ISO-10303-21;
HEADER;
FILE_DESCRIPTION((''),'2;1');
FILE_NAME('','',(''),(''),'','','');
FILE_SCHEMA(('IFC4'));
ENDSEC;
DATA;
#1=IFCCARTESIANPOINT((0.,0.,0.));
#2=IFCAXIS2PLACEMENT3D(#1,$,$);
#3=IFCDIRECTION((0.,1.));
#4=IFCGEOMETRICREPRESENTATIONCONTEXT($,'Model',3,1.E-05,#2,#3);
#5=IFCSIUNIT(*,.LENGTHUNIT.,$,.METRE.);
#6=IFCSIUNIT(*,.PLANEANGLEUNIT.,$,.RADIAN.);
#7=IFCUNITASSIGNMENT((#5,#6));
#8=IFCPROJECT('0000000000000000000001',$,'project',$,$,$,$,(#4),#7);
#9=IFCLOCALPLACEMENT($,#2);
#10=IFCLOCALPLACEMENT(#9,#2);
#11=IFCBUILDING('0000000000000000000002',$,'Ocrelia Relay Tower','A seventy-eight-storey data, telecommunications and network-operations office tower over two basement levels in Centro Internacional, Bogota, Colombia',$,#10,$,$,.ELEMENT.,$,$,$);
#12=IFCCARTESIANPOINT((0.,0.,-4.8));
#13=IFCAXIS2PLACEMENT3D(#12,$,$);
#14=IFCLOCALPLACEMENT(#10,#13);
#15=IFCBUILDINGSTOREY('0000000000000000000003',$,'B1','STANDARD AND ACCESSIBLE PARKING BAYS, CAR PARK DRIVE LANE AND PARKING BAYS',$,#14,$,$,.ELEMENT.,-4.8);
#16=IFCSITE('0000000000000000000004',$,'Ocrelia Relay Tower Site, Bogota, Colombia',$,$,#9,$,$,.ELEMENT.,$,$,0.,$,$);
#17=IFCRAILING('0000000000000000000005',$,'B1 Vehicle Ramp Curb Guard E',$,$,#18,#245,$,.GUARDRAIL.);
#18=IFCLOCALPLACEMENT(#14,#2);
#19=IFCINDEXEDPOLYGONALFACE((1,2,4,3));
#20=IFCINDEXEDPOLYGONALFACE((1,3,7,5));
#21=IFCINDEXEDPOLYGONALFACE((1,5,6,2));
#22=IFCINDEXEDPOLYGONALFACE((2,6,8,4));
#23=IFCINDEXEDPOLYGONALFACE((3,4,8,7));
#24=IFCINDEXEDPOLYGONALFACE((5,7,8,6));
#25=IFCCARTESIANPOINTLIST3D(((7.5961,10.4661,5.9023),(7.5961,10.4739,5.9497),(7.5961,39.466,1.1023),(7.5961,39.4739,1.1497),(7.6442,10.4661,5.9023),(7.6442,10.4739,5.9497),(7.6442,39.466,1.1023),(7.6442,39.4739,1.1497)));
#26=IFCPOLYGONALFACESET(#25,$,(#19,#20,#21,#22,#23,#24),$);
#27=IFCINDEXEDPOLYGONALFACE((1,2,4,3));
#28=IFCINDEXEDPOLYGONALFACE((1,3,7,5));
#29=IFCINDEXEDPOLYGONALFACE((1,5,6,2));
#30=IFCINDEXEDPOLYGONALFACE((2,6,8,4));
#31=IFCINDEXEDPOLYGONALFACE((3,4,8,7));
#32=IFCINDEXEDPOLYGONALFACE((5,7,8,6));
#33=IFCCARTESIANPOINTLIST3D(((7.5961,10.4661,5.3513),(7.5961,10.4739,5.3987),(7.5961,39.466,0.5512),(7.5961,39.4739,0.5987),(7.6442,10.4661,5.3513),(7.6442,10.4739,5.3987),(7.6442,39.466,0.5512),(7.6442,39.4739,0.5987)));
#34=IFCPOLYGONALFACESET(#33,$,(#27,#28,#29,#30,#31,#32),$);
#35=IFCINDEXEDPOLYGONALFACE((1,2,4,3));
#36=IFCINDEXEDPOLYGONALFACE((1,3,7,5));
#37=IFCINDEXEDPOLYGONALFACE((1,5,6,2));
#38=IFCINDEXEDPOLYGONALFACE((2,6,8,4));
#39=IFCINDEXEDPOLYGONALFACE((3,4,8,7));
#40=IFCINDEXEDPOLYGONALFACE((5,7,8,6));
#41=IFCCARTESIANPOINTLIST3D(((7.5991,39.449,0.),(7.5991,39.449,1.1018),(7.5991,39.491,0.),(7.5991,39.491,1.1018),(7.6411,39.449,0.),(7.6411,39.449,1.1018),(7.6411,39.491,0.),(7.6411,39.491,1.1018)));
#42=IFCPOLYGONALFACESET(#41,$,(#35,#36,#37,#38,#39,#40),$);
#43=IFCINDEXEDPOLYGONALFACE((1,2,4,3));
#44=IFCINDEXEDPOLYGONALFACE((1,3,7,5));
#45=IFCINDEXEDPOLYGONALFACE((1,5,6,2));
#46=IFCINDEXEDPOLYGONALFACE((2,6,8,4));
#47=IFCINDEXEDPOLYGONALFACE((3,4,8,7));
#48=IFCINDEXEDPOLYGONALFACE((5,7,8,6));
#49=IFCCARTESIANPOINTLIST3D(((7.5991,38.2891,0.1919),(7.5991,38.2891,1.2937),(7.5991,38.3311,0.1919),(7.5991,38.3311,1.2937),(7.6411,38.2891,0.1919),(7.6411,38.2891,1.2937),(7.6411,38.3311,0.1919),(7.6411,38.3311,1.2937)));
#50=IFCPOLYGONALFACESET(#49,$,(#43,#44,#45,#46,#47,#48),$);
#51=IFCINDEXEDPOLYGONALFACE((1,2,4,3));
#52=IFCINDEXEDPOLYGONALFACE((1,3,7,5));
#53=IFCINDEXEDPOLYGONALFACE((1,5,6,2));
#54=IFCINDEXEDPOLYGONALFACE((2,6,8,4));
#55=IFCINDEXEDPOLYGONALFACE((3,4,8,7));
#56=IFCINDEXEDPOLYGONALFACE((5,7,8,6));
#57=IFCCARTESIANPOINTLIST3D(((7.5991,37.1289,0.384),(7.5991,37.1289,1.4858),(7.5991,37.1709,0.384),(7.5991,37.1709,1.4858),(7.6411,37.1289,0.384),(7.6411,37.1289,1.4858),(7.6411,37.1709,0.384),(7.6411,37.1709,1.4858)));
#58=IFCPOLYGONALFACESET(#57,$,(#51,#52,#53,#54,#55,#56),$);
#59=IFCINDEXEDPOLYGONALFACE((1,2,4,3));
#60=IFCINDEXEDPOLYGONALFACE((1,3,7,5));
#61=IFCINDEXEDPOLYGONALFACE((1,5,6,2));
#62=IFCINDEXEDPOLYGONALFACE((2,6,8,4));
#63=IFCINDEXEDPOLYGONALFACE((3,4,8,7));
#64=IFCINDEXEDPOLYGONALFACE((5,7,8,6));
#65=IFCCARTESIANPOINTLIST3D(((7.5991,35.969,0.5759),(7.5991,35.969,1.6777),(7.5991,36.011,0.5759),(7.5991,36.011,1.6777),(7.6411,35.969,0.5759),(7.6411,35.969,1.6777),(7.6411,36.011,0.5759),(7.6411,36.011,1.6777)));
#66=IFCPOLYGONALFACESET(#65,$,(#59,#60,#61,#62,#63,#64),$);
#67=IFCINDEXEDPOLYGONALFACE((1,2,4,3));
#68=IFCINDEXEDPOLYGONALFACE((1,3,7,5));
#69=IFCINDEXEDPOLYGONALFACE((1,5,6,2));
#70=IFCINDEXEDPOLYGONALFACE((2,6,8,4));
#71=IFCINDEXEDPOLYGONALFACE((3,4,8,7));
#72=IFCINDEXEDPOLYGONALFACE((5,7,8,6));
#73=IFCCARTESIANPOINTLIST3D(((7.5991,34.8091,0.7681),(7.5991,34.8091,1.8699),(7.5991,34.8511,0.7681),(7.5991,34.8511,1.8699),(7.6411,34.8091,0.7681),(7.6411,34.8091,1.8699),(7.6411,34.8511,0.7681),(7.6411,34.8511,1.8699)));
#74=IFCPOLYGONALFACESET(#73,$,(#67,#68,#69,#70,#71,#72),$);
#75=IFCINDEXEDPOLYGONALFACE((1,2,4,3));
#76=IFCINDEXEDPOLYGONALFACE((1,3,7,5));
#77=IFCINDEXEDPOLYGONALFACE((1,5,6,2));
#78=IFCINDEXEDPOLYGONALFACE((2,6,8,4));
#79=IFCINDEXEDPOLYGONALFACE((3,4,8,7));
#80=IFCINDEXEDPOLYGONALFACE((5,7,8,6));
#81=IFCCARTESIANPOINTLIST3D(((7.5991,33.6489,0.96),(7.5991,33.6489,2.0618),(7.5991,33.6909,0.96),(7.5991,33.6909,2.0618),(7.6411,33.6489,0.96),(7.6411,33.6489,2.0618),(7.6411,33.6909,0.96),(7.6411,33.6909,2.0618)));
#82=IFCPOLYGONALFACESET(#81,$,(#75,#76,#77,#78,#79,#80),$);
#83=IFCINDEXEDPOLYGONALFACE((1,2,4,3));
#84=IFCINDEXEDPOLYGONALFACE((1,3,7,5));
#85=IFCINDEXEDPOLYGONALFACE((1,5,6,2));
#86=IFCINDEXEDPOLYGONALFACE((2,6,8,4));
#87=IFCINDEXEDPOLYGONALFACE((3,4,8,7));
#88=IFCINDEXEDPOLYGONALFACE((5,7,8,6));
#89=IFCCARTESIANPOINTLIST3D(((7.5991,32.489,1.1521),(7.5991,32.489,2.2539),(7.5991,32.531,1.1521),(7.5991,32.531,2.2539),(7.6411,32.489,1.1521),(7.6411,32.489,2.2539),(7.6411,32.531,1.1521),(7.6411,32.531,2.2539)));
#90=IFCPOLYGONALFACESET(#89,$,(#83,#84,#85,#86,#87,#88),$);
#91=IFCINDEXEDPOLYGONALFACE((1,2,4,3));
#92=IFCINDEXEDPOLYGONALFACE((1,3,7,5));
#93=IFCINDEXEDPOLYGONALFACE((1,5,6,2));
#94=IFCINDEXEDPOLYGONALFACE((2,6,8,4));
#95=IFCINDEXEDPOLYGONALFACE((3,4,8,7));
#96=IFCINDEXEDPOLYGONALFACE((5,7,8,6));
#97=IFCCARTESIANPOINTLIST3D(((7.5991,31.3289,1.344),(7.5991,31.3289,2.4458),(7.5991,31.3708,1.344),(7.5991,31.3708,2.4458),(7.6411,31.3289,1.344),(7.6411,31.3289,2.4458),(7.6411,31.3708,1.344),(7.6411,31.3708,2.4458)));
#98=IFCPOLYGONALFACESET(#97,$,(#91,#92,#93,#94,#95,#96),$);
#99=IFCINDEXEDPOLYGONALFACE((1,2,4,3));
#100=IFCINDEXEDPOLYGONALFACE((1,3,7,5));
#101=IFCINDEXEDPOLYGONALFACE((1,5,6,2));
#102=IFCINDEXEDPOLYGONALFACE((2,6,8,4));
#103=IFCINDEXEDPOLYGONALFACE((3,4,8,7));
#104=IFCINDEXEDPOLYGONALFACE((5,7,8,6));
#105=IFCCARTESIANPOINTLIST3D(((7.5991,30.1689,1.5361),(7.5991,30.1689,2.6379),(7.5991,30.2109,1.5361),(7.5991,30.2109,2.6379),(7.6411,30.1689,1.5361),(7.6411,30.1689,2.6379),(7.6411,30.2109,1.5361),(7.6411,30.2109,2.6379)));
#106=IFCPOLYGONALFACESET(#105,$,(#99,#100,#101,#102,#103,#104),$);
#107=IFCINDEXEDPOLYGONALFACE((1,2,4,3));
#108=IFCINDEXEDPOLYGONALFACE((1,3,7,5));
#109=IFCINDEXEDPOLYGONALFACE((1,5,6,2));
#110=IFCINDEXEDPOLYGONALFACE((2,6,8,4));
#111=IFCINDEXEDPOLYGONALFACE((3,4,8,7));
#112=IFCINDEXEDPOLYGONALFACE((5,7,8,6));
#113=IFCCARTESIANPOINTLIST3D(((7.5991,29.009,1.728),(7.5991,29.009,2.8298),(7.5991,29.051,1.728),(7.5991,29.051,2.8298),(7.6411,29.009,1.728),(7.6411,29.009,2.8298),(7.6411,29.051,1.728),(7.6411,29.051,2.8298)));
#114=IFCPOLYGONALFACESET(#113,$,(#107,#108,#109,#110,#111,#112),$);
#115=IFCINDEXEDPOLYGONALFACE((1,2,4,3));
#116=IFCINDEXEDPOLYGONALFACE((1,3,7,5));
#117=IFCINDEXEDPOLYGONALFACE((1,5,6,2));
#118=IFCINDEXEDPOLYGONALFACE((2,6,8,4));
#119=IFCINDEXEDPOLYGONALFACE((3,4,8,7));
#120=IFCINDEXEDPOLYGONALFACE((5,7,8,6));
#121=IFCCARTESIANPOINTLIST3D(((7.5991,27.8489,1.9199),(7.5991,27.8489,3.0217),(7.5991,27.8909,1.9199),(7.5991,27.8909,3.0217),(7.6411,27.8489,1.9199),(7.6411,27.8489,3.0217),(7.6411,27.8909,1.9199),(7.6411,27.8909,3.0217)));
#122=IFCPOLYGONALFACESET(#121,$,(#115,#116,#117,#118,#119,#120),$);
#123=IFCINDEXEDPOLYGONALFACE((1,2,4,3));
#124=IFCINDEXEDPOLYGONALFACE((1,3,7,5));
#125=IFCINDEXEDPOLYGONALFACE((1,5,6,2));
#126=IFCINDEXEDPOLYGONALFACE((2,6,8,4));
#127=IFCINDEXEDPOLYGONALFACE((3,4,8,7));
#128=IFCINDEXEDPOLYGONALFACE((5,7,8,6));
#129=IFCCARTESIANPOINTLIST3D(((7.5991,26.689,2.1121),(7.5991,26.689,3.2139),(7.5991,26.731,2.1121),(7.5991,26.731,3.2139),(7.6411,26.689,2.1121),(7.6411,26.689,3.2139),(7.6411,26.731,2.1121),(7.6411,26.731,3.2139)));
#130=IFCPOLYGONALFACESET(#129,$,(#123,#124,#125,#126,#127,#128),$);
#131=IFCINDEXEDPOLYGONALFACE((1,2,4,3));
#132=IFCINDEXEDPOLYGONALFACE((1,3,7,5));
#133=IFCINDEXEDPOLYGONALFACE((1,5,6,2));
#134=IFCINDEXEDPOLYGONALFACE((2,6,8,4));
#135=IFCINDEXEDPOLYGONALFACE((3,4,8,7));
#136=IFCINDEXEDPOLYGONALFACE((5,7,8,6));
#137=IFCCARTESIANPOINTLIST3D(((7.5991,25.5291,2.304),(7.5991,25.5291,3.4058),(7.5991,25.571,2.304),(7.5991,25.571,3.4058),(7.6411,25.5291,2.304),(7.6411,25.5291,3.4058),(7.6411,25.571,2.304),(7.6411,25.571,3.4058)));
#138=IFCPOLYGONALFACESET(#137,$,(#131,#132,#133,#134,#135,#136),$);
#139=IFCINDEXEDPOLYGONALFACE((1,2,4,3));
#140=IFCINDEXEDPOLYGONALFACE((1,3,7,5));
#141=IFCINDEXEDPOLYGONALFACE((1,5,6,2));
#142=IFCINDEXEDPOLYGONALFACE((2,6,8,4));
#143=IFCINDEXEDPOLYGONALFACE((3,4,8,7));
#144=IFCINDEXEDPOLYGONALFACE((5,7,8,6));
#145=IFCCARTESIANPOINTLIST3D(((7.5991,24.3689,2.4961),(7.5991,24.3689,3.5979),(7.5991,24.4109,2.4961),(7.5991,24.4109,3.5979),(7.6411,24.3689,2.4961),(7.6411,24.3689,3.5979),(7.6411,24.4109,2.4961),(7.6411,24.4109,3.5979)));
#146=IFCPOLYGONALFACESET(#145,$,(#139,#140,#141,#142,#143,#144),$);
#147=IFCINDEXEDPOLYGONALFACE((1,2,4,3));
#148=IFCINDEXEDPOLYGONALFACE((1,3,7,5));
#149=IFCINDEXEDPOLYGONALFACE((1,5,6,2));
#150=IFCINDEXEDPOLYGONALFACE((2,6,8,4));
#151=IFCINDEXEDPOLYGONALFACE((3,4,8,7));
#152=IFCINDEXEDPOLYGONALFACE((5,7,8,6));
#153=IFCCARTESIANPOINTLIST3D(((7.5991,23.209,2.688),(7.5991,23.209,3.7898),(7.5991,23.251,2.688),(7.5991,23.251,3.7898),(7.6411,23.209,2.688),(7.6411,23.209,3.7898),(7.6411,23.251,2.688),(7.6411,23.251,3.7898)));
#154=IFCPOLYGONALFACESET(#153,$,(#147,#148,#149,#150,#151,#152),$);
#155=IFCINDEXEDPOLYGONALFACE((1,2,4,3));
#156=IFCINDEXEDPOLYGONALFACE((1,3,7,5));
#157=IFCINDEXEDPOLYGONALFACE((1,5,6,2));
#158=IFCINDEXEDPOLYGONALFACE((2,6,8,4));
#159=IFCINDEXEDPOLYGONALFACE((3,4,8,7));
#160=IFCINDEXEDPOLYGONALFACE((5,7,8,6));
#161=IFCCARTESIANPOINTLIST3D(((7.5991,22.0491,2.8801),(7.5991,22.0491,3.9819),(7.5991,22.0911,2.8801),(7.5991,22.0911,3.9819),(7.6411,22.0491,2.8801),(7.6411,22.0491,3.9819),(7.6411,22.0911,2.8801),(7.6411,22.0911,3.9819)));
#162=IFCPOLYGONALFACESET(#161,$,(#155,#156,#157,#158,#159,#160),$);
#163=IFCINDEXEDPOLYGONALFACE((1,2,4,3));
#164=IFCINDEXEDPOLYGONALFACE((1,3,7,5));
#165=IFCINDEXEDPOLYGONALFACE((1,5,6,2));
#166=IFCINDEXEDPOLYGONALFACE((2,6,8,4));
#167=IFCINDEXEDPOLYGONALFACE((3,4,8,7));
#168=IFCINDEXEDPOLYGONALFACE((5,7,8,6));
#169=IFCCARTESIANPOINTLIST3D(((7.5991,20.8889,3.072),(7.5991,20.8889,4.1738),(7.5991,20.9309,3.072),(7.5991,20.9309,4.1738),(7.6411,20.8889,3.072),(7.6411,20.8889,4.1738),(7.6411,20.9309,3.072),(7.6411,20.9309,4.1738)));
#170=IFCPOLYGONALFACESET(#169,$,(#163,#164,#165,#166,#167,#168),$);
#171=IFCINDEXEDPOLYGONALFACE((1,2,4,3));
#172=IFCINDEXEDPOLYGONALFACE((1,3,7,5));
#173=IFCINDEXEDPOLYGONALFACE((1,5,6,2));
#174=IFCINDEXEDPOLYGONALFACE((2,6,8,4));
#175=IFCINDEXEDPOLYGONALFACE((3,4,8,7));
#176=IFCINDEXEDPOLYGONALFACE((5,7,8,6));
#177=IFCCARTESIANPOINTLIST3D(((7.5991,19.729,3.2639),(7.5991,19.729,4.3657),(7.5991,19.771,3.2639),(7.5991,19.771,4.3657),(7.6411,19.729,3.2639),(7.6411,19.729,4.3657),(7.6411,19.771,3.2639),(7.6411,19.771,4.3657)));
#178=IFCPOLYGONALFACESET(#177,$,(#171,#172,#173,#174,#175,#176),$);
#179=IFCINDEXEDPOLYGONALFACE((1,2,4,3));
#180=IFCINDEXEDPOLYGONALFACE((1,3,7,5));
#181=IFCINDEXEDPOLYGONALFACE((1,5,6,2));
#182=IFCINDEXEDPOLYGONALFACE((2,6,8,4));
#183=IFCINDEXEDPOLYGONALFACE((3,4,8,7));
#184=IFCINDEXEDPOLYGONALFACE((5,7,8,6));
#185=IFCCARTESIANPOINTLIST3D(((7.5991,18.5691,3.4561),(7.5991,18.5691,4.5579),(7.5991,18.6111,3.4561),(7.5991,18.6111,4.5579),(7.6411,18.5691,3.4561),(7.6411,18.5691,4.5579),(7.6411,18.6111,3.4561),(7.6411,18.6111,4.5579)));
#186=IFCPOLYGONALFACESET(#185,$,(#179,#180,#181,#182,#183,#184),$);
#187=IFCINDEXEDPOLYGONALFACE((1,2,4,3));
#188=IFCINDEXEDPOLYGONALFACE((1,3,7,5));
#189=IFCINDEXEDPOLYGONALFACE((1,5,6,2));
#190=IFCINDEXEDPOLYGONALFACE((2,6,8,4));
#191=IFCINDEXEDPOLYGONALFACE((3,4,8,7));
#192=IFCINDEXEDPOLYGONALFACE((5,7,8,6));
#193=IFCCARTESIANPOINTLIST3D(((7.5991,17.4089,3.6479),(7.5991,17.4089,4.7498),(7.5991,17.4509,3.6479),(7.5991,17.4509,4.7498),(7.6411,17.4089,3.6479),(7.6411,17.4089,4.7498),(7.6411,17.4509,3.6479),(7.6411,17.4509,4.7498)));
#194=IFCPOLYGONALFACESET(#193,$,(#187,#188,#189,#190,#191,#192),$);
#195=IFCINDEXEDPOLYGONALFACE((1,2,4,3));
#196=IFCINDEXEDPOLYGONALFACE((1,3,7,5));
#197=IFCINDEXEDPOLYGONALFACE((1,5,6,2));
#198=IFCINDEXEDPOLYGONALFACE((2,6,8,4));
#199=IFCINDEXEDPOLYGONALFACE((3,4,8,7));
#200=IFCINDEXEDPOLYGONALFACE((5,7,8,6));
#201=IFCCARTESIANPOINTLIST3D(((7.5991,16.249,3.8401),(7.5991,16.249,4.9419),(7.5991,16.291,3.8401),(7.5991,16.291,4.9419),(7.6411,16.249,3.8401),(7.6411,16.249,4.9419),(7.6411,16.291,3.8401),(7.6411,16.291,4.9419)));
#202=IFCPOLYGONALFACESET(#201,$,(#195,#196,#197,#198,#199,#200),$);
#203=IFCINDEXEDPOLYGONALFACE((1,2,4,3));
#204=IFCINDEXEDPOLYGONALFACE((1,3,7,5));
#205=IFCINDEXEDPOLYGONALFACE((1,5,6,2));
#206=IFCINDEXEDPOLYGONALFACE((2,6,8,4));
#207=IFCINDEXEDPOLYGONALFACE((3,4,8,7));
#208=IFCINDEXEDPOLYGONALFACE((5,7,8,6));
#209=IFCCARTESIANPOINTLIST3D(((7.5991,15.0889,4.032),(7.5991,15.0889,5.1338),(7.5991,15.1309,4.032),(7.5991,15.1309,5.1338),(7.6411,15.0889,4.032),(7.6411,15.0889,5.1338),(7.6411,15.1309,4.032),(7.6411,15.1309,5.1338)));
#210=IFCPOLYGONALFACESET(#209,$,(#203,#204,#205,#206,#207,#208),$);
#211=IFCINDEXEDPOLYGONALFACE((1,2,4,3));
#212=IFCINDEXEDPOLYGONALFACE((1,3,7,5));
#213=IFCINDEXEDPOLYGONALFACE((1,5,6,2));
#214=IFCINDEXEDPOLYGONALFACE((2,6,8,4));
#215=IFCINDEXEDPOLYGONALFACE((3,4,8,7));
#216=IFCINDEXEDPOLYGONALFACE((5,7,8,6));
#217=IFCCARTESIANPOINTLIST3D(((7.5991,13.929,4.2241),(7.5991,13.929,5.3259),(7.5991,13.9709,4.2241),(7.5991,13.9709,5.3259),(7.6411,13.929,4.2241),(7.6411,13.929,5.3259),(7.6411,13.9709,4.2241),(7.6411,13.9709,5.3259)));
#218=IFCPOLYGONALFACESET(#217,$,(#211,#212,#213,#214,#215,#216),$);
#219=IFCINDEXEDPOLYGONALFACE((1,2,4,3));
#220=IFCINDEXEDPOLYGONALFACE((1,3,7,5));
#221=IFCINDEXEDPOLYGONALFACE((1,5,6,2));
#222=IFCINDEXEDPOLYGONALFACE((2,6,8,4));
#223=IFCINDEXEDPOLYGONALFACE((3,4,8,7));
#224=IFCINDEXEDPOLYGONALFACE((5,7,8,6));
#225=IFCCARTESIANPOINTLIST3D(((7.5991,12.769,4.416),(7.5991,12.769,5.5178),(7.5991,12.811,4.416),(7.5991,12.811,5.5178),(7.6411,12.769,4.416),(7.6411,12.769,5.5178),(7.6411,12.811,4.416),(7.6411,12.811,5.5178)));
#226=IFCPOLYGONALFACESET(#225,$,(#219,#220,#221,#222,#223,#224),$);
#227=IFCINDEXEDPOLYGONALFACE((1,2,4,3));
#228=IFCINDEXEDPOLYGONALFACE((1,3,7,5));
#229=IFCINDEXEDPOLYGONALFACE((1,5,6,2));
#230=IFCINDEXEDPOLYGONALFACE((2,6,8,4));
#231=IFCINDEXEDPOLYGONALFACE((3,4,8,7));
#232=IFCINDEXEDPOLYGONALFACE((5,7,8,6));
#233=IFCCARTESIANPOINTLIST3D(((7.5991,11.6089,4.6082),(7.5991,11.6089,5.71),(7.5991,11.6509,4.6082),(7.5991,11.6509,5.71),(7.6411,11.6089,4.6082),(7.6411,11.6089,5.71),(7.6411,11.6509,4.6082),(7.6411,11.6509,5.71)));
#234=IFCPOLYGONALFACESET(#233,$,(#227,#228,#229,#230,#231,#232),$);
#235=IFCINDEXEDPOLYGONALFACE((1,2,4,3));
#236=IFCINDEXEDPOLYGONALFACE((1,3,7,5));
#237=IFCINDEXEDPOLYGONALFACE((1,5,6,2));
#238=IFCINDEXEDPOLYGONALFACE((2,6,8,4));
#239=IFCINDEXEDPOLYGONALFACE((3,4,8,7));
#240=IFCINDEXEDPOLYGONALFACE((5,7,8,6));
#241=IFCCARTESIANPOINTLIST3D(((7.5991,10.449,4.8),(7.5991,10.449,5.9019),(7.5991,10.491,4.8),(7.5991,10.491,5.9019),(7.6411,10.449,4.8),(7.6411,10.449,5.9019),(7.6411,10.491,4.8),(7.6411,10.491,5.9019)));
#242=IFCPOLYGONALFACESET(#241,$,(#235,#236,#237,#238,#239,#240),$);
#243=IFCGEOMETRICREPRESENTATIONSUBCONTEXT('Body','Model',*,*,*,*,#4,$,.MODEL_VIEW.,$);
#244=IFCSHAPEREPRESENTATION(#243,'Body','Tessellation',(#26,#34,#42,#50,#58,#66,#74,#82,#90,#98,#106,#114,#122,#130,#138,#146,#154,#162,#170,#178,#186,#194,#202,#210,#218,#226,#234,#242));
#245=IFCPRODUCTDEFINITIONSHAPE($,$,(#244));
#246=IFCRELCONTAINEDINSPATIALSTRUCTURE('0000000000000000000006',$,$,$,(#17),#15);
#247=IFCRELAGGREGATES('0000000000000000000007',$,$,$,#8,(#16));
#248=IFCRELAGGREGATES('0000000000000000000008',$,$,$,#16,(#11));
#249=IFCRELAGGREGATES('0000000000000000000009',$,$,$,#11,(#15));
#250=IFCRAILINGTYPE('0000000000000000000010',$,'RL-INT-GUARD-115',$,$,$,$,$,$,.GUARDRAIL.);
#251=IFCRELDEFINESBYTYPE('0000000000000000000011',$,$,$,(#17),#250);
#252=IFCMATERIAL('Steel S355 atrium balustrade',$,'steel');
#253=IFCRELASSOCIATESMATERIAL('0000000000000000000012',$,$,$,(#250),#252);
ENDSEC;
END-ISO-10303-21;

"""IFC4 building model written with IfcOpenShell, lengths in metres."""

from ifc_helpers import new_model, si_unit, direction, frame, origin, origin_2d, place, context, subcontext, project, spatial, rectangle, extrude, material, type_object, element, save


model = new_model("IFC4")

# Units and contexts
model_context = context("Model", 3, precision=1e-05, world=origin(), true_north=direction((0.0, 1.0)))
body_context = subcontext(model_context, "Body", "Model", "MODEL_VIEW")
ifc_project = project(units=[si_unit("LENGTHUNIT", "METRE"), si_unit("PLANEANGLEUNIT", "RADIAN")], contexts=[model_context])

# Site, building, storey
site_placement = place(None, origin())
site = spatial("IfcSite", under=ifc_project, at=site_placement, Name="Ocrelia Relay Tower Site, Bogota, Colombia", CompositionType="ELEMENT", RefElevation=0.0)
building_placement = place(site_placement, origin())
building = spatial("IfcBuilding", under=site, at=building_placement, Name="Ocrelia Relay Tower", Description="A seventy-eight-storey data, telecommunications and network-operations office tower over two basement levels in Centro Internacional, Bogota, Colombia", CompositionType="ELEMENT")
storey_placement = place(building_placement, frame((0.0, 0.0, -4.8)))
storey = spatial("IfcBuildingStorey", under=building, at=storey_placement, Name="B1", Description="STANDARD AND ACCESSIBLE PARKING BAYS, CAR PARK DRIVE LANE AND PARKING BAYS", CompositionType="ELEMENT", Elevation=-4.8)

# Railing
ifc_material_1 = material(Name="Steel S355 atrium balustrade", Category="steel")
railing_type = type_object("IfcRailingType", Name="RL-INT-GUARD-115", PredefinedType="GUARDRAIL", material=ifc_material_1)
railing_1_placement = place(storey_placement, frame((7.6201, 39.47, 0.0)))
element("IfcRailing", 1, at=railing_1_placement, inside=storey, type_object=railing_type, Name="B1 Vehicle Ramp Curb Guard E", PredefinedType="GUARDRAIL", context=body_context, shape_type="SweptSolid", body=[
    extrude(rectangle(XDim=0.0481, YDim=0.0481, at=origin_2d()), frame((0.0, 0.0, 1.126), z_axis=(0.0, -0.986577, 0.163297), x_axis=(1.0, 0.0, 0.0)), (0.0, 0.0, 1.0), 29.3945),
    extrude(rectangle(XDim=0.0481, YDim=0.0481, at=origin_2d()), frame((0.0, 0.0, 0.575), z_axis=(0.0, -0.986577, 0.163297), x_axis=(1.0, 0.0, 0.0)), (0.0, 0.0, 1.0), 29.3945),
    extrude(rectangle(XDim=0.042, YDim=0.042, at=origin_2d()), origin(), (0.0, 0.0, 1.0), 1.1018),
    extrude(rectangle(XDim=0.042, YDim=0.042, at=origin_2d()), frame((0.0, -1.1599, 0.1919)), (0.0, 0.0, 1.0), 1.1018),
    extrude(rectangle(XDim=0.042, YDim=0.042, at=origin_2d()), frame((0.0, -2.3201, 0.384)), (0.0, 0.0, 1.0), 1.1018),
    extrude(rectangle(XDim=0.042, YDim=0.042, at=origin_2d()), frame((0.0, -3.48, 0.5759)), (0.0, 0.0, 1.0), 1.1018),
    extrude(rectangle(XDim=0.042, YDim=0.042, at=origin_2d()), frame((0.0, -4.6399, 0.7681)), (0.0, 0.0, 1.0), 1.1018),
    extrude(rectangle(XDim=0.042, YDim=0.042, at=origin_2d()), frame((0.0, -5.8, 0.96)), (0.0, 0.0, 1.0), 1.1018),
    extrude(rectangle(XDim=0.042, YDim=0.042, at=origin_2d()), frame((0.0, -6.96, 1.1521)), (0.0, 0.0, 1.0), 1.1018),
    extrude(rectangle(XDim=0.042, YDim=0.042, at=origin_2d()), frame((0.0, -8.1201, 1.344)), (0.0, 0.0, 1.0), 1.1018),
    extrude(rectangle(XDim=0.042, YDim=0.042, at=origin_2d()), frame((0.0, -9.28, 1.5361)), (0.0, 0.0, 1.0), 1.1018),
    extrude(rectangle(XDim=0.042, YDim=0.042, at=origin_2d()), frame((0.0, -10.4399, 1.728)), (0.0, 0.0, 1.0), 1.1018),
    extrude(rectangle(XDim=0.042, YDim=0.042, at=origin_2d()), frame((0.0, -11.6001, 1.9199)), (0.0, 0.0, 1.0), 1.1018),
    extrude(rectangle(XDim=0.042, YDim=0.042, at=origin_2d()), frame((0.0, -12.76, 2.1121)), (0.0, 0.0, 1.0), 1.1018),
    extrude(rectangle(XDim=0.042, YDim=0.042, at=origin_2d()), frame((0.0, -13.9199, 2.304)), (0.0, 0.0, 1.0), 1.1018),
    extrude(rectangle(XDim=0.042, YDim=0.042, at=origin_2d()), frame((0.0, -15.0801, 2.4961)), (0.0, 0.0, 1.0), 1.1018),
    extrude(rectangle(XDim=0.042, YDim=0.042, at=origin_2d()), frame((0.0, -16.24, 2.688)), (0.0, 0.0, 1.0), 1.1018),
    extrude(rectangle(XDim=0.042, YDim=0.042, at=origin_2d()), frame((0.0, -17.3999, 2.8801)), (0.0, 0.0, 1.0), 1.1018),
    extrude(rectangle(XDim=0.042, YDim=0.042, at=origin_2d()), frame((0.0, -18.5601, 3.072)), (0.0, 0.0, 1.0), 1.1018),
    extrude(rectangle(XDim=0.042, YDim=0.042, at=origin_2d()), frame((0.0, -19.72, 3.2639)), (0.0, 0.0, 1.0), 1.1018),
    extrude(rectangle(XDim=0.042, YDim=0.042, at=origin_2d()), frame((0.0, -20.8799, 3.4561)), (0.0, 0.0, 1.0), 1.1018),
    extrude(rectangle(XDim=0.042, YDim=0.042, at=origin_2d()), frame((0.0, -22.04, 3.6479)), (0.0, 0.0, 1.0), 1.1018),
    extrude(rectangle(XDim=0.042, YDim=0.042, at=origin_2d()), frame((0.0, -23.2, 3.8401)), (0.0, 0.0, 1.0), 1.1018),
    extrude(rectangle(XDim=0.042, YDim=0.042, at=origin_2d()), frame((0.0, -24.3601, 4.032)), (0.0, 0.0, 1.0), 1.1018),
    extrude(rectangle(XDim=0.042, YDim=0.042, at=origin_2d()), frame((0.0, -25.52, 4.2241)), (0.0, 0.0, 1.0), 1.1018),
    extrude(rectangle(XDim=0.042, YDim=0.042, at=origin_2d()), frame((0.0, -26.6799, 4.416)), (0.0, 0.0, 1.0), 1.1018),
    extrude(rectangle(XDim=0.042, YDim=0.042, at=origin_2d()), frame((0.0, -27.8401, 4.6082)), (0.0, 0.0, 1.0), 1.1018),
    extrude(rectangle(XDim=0.042, YDim=0.042, at=origin_2d()), frame((0.0, -29.0, 4.8)), (0.0, 0.0, 1.0), 1.1018),
])

save(model, "model.ifc")
